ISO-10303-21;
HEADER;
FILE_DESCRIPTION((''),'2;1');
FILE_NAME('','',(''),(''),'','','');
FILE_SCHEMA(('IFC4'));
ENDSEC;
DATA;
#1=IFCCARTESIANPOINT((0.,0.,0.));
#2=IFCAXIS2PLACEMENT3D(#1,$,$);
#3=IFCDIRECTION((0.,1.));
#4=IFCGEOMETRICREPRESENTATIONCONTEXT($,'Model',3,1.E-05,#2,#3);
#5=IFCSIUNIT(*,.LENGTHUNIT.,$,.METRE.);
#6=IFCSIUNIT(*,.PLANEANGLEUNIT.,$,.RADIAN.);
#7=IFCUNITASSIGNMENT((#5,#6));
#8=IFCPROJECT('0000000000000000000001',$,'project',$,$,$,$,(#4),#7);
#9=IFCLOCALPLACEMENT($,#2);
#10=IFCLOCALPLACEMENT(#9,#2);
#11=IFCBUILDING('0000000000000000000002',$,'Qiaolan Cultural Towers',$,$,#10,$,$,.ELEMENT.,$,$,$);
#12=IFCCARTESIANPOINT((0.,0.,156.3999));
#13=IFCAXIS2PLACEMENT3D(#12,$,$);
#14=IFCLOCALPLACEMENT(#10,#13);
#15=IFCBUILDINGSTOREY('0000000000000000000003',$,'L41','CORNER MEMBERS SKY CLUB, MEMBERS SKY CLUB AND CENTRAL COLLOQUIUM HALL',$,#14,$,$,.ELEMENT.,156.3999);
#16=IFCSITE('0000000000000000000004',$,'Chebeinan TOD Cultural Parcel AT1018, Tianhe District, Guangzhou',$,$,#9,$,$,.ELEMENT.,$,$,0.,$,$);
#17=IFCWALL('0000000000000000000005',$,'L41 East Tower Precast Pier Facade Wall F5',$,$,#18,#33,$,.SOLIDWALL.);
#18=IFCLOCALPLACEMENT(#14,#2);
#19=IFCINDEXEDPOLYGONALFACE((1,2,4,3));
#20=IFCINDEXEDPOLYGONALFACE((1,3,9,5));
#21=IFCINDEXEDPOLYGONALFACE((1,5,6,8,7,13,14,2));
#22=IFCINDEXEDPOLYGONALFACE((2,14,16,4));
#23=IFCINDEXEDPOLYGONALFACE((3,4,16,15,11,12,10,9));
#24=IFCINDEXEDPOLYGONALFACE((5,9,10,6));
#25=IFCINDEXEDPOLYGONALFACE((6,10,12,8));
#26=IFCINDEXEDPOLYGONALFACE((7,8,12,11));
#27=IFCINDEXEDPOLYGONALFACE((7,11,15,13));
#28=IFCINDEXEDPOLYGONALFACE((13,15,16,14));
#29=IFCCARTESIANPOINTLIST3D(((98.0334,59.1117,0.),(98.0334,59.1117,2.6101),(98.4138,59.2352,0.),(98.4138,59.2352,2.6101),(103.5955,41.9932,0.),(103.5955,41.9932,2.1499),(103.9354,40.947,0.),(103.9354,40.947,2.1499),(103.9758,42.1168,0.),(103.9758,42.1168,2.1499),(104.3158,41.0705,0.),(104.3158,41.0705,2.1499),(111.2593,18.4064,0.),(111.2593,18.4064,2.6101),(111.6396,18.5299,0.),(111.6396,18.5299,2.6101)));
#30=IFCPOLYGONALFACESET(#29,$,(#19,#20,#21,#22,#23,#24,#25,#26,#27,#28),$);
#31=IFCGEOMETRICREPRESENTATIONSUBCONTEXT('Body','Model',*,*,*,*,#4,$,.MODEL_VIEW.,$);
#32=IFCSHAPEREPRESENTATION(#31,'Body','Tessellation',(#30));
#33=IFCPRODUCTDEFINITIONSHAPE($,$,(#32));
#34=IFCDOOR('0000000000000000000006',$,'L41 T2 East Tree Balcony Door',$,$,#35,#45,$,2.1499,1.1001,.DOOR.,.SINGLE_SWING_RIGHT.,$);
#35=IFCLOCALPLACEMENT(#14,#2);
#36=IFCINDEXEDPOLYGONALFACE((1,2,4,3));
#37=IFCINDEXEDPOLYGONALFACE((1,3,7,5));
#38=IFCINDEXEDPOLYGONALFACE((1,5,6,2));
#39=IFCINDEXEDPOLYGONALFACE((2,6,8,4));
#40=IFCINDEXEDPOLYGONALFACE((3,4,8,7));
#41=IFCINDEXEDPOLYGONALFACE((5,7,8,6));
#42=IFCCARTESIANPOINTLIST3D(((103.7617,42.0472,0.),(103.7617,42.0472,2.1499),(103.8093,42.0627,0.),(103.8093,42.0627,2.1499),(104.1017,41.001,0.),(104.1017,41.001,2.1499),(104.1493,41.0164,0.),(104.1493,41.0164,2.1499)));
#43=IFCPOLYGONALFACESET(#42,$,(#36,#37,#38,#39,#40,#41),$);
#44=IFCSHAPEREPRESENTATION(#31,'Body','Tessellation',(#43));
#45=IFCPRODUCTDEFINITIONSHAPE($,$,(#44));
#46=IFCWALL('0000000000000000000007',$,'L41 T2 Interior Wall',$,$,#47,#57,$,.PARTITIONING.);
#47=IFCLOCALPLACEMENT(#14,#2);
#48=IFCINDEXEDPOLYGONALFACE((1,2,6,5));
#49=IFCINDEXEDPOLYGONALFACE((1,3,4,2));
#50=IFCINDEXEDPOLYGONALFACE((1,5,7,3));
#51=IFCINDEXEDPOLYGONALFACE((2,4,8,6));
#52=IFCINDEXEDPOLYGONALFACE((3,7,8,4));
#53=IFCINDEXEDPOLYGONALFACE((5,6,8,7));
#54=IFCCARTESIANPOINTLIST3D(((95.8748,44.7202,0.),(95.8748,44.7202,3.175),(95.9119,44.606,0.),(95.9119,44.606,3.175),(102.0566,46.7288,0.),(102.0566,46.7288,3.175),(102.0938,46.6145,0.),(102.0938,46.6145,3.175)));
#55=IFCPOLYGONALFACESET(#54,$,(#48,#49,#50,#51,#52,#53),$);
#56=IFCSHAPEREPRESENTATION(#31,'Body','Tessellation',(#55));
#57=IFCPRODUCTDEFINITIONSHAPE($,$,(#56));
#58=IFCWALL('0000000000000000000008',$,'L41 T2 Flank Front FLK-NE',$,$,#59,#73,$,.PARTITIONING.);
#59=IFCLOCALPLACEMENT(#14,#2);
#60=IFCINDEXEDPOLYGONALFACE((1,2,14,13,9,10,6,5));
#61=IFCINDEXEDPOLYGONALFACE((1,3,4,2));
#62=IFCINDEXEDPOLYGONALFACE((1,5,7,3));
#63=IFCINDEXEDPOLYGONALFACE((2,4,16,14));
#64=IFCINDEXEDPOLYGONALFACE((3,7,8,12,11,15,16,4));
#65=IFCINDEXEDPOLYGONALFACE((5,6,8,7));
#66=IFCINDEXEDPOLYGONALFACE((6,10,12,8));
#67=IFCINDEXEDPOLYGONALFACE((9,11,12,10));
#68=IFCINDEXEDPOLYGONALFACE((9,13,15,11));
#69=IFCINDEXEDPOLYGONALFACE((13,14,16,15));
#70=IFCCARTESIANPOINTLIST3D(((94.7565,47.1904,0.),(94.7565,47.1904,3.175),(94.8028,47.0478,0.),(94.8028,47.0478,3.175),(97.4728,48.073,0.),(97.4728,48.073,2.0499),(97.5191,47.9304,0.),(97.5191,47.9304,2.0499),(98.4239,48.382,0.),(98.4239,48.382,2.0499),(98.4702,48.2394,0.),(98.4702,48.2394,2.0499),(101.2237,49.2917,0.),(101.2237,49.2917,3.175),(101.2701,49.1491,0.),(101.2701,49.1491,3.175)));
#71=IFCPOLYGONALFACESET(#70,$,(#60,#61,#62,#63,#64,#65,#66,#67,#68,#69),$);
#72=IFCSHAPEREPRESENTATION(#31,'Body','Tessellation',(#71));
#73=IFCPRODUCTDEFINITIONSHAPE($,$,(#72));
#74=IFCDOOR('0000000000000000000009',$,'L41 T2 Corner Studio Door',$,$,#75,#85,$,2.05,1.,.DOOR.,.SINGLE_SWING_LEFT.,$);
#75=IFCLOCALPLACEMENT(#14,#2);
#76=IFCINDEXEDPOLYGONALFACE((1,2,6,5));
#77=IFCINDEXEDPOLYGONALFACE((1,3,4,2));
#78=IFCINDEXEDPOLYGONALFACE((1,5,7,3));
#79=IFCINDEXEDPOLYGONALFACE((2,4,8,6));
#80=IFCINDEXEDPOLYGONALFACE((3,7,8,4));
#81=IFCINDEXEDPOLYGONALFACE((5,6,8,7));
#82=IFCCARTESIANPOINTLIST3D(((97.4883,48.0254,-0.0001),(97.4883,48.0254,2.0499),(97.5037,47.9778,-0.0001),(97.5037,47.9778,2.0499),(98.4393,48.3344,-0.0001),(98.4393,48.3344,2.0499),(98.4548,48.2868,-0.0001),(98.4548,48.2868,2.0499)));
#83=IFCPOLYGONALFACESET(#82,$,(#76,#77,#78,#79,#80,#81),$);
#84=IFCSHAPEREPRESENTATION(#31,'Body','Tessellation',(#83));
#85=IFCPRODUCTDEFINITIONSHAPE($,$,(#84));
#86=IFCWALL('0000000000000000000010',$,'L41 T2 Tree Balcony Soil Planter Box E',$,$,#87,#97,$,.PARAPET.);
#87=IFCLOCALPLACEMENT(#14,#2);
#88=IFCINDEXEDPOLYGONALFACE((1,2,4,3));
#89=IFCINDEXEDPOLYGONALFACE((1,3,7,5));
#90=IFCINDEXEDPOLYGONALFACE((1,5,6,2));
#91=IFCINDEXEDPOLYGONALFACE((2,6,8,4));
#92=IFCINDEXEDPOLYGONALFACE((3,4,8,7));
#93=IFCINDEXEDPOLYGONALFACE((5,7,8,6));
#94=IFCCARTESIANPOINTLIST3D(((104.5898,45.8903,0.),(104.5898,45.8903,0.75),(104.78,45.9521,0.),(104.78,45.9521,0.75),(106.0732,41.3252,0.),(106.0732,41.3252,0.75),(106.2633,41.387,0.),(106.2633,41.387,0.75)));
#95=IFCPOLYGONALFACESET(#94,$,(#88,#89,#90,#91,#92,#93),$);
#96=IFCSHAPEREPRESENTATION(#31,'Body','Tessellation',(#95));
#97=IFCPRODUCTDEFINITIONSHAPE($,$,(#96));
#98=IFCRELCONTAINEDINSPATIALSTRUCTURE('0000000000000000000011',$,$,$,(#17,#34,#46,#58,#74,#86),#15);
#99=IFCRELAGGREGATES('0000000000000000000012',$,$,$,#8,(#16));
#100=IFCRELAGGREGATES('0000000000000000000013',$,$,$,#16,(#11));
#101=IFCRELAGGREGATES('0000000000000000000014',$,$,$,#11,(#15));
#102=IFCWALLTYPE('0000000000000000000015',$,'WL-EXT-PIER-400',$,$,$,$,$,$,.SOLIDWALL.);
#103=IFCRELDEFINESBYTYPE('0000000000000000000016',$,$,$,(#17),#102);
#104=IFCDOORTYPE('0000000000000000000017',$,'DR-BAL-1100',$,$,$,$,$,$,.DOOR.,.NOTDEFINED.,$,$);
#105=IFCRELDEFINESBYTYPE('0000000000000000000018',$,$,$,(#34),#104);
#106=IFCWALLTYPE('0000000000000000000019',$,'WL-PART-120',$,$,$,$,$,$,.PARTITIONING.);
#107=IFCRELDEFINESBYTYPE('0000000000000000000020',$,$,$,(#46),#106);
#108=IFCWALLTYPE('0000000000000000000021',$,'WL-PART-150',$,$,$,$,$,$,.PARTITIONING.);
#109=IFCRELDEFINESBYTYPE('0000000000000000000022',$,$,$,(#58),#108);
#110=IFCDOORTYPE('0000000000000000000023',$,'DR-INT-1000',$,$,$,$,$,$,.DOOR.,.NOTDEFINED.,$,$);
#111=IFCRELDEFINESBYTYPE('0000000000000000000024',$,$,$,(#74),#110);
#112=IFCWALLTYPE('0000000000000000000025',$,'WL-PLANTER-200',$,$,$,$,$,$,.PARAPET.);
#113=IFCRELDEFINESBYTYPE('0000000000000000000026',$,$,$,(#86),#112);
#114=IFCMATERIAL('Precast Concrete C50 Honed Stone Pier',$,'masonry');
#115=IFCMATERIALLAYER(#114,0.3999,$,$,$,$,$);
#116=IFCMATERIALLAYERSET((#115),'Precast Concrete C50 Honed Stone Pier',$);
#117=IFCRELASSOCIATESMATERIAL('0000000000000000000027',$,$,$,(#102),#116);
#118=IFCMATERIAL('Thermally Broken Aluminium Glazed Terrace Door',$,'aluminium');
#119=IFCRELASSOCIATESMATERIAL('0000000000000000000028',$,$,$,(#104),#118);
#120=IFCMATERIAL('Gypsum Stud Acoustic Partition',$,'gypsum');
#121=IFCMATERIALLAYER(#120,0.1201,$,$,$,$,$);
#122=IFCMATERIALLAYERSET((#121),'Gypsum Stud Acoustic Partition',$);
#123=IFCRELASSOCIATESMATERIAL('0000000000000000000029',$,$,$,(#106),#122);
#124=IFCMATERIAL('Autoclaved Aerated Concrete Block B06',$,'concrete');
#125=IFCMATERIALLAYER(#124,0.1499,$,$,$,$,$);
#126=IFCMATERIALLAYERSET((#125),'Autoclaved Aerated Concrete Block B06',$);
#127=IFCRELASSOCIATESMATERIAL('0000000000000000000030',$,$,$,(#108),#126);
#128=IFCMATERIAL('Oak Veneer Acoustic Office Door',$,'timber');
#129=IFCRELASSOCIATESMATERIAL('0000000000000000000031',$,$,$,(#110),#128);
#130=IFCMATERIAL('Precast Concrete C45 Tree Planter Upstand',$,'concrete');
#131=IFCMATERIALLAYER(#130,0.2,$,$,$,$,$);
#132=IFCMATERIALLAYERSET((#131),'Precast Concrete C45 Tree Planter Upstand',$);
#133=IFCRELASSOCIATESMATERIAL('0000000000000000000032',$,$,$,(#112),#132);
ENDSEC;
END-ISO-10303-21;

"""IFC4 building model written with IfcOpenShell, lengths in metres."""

from ifc_helpers import new_model, si_unit, direction, frame, frame_2d, origin, place, context, subcontext, project, spatial, rectangle, extrude, material, layer, layer_set, type_object, element, fill, save


model = new_model("IFC4")

# Units and contexts
model_context = context("Model", 3, precision=1e-05, world=origin(), true_north=direction((0.0, 1.0)))
body_context = subcontext(model_context, "Body", "Model", "MODEL_VIEW")
ifc_project = project(units=[si_unit("LENGTHUNIT", "METRE"), si_unit("PLANEANGLEUNIT", "RADIAN")], contexts=[model_context])

# Site, building, storey
site_placement = place(None, origin())
site = spatial("IfcSite", under=ifc_project, at=site_placement, Name="Chebeinan TOD Cultural Parcel AT1018, Tianhe District, Guangzhou", CompositionType="ELEMENT", RefElevation=0.0)
building_placement = place(site_placement, origin())
building = spatial("IfcBuilding", under=site, at=building_placement, Name="Qiaolan Cultural Towers", CompositionType="ELEMENT")
storey_placement = place(building_placement, frame((0.0, 0.0, 156.3999)))
storey = spatial("IfcBuildingStorey", under=building, at=storey_placement, Name="L41", Description="CORNER MEMBERS SKY CLUB, MEMBERS SKY CLUB AND CENTRAL COLLOQUIUM HALL", CompositionType="ELEMENT", Elevation=156.3999)

# Shared definitions
ifc_material_1 = material(Name="Precast Concrete C50 Honed Stone Pier", Category="masonry")
ifc_layer_1 = layer(ifc_material_1, 0.3999)
ifc_layer_set_1 = layer_set([ifc_layer_1], Name="Precast Concrete C50 Honed Stone Pier")
wall_type_1 = type_object("IfcWallType", Name="WL-EXT-PIER-400", PredefinedType="SOLIDWALL", material=ifc_layer_set_1)

# Wall, opening, door
wall_1_placement = place(storey_placement, frame((98.2236, 59.1733, 0.0), z_axis=(0.0, 0.0, 1.0), x_axis=(0.309014, -0.951057, 0.0)))
wall_1 = element("IfcWall", 1, at=wall_1_placement, inside=storey, type_object=wall_type_1, Name="L41 East Tower Precast Pier Facade Wall F5", PredefinedType="SOLIDWALL", context=body_context, shape_type="SweptSolid", body=[
    extrude(rectangle(XDim=42.8, YDim=0.3999, at=frame_2d((21.3999, 0.0))), origin(), (0.0, 0.0, 1.0), 2.6101),
])
opening_1_placement = place(wall_1_placement, frame((17.9993, 0.0, 0.0)))
opening_1 = element("IfcOpeningElement", 2, at=opening_1_placement, cuts=wall_1, PredefinedType="OPENING", context=body_context, shape_type="SweptSolid", body=[
    extrude(rectangle(XDim=1.1001, YDim=2.1499, at=frame_2d((0.55, 1.075))), frame((0.0, 0.21, 0.0), z_axis=(0.0, -1.0, 0.0), x_axis=(1.0, 0.0, 0.0)), (0.0, 0.0, 1.0), 0.4199),
])
ifc_material_2 = material(Name="Thermally Broken Aluminium Glazed Terrace Door", Category="aluminium")
door_type_1 = type_object("IfcDoorType", Name="DR-BAL-1100", OperationType="NOTDEFINED", PredefinedType="DOOR", material=ifc_material_2)
door_1_placement = place(opening_1_placement, origin())
door_1 = element("IfcDoor", 3, at=door_1_placement, inside=storey, type_object=door_type_1, Name="L41 T2 East Tree Balcony Door", OperationType="SINGLE_SWING_RIGHT", OverallHeight=2.1499, OverallWidth=1.1001, PredefinedType="DOOR", context=body_context, shape_type="SweptSolid", body=[
    extrude(rectangle(XDim=1.1001, YDim=2.1499, at=frame_2d((0.55, 1.075))), frame((0.0, 0.0249, 0.0), z_axis=(0.0, -1.0, 0.0), x_axis=(1.0, 0.0, 0.0)), (0.0, 0.0, 1.0), 0.05),
])
fill(opening_1, door_1)

# Wall
ifc_material_3 = material(Name="Gypsum Stud Acoustic Partition", Category="gypsum")
ifc_layer_2 = layer(ifc_material_3, 0.1201)
ifc_layer_set_2 = layer_set([ifc_layer_2], Name="Gypsum Stud Acoustic Partition")
wall_type_2 = type_object("IfcWallType", Name="WL-PART-120", PredefinedType="PARTITIONING", material=ifc_layer_set_2)
wall_2_placement = place(storey_placement, frame((95.8933, 44.6631, 0.0), z_axis=(0.0, 0.0, 1.0), x_axis=(0.95106, 0.309007, 0.0)))
element("IfcWall", 4, at=wall_2_placement, inside=storey, type_object=wall_type_2, Name="L41 T2 Interior Wall", PredefinedType="PARTITIONING", context=body_context, shape_type="SweptSolid", body=[
    extrude(rectangle(XDim=6.5, YDim=0.1201, at=frame_2d((3.25, 0.0))), origin(), (0.0, 0.0, 1.0), 3.175),
])

# Wall, opening, door
ifc_material_4 = material(Name="Autoclaved Aerated Concrete Block B06", Category="concrete")
ifc_layer_3 = layer(ifc_material_4, 0.1499)
ifc_layer_set_3 = layer_set([ifc_layer_3], Name="Autoclaved Aerated Concrete Block B06")
wall_type_3 = type_object("IfcWallType", Name="WL-PART-150", PredefinedType="PARTITIONING", material=ifc_layer_set_3)
wall_3_placement = place(storey_placement, frame((94.7798, 47.1191, 0.0), z_axis=(0.0, 0.0, 1.0), x_axis=(0.951058, 0.309013, 0.0)))
wall_3 = element("IfcWall", 5, at=wall_3_placement, inside=storey, type_object=wall_type_3, Name="L41 T2 Flank Front FLK-NE", PredefinedType="PARTITIONING", context=body_context, shape_type="SweptSolid", body=[
    extrude(rectangle(XDim=6.8, YDim=0.1499, at=frame_2d((3.3999, 0.0))), origin(), (0.0, 0.0, 1.0), 3.175),
])
opening_2_placement = place(wall_3_placement, frame((2.856, 0.0, 0.0)))
opening_2 = element("IfcOpeningElement", 6, at=opening_2_placement, cuts=wall_3, PredefinedType="OPENING", context=body_context, shape_type="SweptSolid", body=[
    extrude(rectangle(XDim=1.0, YDim=2.05, at=frame_2d((0.5, 1.0249))), frame((0.0, 0.085, 0.0), z_axis=(0.0, -1.0, 0.0), x_axis=(1.0, 0.0, 0.0)), (0.0, 0.0, 1.0), 0.1699),
])
ifc_material_5 = material(Name="Oak Veneer Acoustic Office Door", Category="timber")
door_type_2 = type_object("IfcDoorType", Name="DR-INT-1000", OperationType="NOTDEFINED", PredefinedType="DOOR", material=ifc_material_5)
door_2_placement = place(opening_2_placement, origin())
door_2 = element("IfcDoor", 7, at=door_2_placement, inside=storey, type_object=door_type_2, Name="L41 T2 Corner Studio Door", OperationType="SINGLE_SWING_LEFT", OverallHeight=2.05, OverallWidth=1.0, PredefinedType="DOOR", context=body_context, shape_type="SweptSolid", body=[
    extrude(rectangle(XDim=1.0, YDim=2.05, at=frame_2d((0.5, 1.0249))), frame((0.0, 0.0249, 0.0), z_axis=(0.0, -1.0, 0.0), x_axis=(1.0, 0.0, 0.0)), (0.0, 0.0, 1.0), 0.05),
])
fill(opening_2, door_2)

# Wall
ifc_material_6 = material(Name="Precast Concrete C45 Tree Planter Upstand", Category="concrete")
ifc_layer_4 = layer(ifc_material_6, 0.2)
ifc_layer_set_4 = layer_set([ifc_layer_4], Name="Precast Concrete C45 Tree Planter Upstand")
wall_type_4 = type_object("IfcWallType", Name="WL-PLANTER-200", PredefinedType="PARAPET", material=ifc_layer_set_4)
wall_4_placement = place(storey_placement, frame((106.1682, 41.3562, 0.0), z_axis=(0.0, 0.0, 1.0), x_axis=(-0.309032, 0.951052, 0.0)))
element("IfcWall", 8, at=wall_4_placement, inside=storey, type_object=wall_type_4, Name="L41 T2 Tree Balcony Soil Planter Box E", PredefinedType="PARAPET", context=body_context, shape_type="SweptSolid", body=[
    extrude(rectangle(XDim=4.8, YDim=0.2, at=frame_2d((2.3999, 0.0))), origin(), (0.0, 0.0, 1.0), 0.75),
])

save(model, "model.ifc")
